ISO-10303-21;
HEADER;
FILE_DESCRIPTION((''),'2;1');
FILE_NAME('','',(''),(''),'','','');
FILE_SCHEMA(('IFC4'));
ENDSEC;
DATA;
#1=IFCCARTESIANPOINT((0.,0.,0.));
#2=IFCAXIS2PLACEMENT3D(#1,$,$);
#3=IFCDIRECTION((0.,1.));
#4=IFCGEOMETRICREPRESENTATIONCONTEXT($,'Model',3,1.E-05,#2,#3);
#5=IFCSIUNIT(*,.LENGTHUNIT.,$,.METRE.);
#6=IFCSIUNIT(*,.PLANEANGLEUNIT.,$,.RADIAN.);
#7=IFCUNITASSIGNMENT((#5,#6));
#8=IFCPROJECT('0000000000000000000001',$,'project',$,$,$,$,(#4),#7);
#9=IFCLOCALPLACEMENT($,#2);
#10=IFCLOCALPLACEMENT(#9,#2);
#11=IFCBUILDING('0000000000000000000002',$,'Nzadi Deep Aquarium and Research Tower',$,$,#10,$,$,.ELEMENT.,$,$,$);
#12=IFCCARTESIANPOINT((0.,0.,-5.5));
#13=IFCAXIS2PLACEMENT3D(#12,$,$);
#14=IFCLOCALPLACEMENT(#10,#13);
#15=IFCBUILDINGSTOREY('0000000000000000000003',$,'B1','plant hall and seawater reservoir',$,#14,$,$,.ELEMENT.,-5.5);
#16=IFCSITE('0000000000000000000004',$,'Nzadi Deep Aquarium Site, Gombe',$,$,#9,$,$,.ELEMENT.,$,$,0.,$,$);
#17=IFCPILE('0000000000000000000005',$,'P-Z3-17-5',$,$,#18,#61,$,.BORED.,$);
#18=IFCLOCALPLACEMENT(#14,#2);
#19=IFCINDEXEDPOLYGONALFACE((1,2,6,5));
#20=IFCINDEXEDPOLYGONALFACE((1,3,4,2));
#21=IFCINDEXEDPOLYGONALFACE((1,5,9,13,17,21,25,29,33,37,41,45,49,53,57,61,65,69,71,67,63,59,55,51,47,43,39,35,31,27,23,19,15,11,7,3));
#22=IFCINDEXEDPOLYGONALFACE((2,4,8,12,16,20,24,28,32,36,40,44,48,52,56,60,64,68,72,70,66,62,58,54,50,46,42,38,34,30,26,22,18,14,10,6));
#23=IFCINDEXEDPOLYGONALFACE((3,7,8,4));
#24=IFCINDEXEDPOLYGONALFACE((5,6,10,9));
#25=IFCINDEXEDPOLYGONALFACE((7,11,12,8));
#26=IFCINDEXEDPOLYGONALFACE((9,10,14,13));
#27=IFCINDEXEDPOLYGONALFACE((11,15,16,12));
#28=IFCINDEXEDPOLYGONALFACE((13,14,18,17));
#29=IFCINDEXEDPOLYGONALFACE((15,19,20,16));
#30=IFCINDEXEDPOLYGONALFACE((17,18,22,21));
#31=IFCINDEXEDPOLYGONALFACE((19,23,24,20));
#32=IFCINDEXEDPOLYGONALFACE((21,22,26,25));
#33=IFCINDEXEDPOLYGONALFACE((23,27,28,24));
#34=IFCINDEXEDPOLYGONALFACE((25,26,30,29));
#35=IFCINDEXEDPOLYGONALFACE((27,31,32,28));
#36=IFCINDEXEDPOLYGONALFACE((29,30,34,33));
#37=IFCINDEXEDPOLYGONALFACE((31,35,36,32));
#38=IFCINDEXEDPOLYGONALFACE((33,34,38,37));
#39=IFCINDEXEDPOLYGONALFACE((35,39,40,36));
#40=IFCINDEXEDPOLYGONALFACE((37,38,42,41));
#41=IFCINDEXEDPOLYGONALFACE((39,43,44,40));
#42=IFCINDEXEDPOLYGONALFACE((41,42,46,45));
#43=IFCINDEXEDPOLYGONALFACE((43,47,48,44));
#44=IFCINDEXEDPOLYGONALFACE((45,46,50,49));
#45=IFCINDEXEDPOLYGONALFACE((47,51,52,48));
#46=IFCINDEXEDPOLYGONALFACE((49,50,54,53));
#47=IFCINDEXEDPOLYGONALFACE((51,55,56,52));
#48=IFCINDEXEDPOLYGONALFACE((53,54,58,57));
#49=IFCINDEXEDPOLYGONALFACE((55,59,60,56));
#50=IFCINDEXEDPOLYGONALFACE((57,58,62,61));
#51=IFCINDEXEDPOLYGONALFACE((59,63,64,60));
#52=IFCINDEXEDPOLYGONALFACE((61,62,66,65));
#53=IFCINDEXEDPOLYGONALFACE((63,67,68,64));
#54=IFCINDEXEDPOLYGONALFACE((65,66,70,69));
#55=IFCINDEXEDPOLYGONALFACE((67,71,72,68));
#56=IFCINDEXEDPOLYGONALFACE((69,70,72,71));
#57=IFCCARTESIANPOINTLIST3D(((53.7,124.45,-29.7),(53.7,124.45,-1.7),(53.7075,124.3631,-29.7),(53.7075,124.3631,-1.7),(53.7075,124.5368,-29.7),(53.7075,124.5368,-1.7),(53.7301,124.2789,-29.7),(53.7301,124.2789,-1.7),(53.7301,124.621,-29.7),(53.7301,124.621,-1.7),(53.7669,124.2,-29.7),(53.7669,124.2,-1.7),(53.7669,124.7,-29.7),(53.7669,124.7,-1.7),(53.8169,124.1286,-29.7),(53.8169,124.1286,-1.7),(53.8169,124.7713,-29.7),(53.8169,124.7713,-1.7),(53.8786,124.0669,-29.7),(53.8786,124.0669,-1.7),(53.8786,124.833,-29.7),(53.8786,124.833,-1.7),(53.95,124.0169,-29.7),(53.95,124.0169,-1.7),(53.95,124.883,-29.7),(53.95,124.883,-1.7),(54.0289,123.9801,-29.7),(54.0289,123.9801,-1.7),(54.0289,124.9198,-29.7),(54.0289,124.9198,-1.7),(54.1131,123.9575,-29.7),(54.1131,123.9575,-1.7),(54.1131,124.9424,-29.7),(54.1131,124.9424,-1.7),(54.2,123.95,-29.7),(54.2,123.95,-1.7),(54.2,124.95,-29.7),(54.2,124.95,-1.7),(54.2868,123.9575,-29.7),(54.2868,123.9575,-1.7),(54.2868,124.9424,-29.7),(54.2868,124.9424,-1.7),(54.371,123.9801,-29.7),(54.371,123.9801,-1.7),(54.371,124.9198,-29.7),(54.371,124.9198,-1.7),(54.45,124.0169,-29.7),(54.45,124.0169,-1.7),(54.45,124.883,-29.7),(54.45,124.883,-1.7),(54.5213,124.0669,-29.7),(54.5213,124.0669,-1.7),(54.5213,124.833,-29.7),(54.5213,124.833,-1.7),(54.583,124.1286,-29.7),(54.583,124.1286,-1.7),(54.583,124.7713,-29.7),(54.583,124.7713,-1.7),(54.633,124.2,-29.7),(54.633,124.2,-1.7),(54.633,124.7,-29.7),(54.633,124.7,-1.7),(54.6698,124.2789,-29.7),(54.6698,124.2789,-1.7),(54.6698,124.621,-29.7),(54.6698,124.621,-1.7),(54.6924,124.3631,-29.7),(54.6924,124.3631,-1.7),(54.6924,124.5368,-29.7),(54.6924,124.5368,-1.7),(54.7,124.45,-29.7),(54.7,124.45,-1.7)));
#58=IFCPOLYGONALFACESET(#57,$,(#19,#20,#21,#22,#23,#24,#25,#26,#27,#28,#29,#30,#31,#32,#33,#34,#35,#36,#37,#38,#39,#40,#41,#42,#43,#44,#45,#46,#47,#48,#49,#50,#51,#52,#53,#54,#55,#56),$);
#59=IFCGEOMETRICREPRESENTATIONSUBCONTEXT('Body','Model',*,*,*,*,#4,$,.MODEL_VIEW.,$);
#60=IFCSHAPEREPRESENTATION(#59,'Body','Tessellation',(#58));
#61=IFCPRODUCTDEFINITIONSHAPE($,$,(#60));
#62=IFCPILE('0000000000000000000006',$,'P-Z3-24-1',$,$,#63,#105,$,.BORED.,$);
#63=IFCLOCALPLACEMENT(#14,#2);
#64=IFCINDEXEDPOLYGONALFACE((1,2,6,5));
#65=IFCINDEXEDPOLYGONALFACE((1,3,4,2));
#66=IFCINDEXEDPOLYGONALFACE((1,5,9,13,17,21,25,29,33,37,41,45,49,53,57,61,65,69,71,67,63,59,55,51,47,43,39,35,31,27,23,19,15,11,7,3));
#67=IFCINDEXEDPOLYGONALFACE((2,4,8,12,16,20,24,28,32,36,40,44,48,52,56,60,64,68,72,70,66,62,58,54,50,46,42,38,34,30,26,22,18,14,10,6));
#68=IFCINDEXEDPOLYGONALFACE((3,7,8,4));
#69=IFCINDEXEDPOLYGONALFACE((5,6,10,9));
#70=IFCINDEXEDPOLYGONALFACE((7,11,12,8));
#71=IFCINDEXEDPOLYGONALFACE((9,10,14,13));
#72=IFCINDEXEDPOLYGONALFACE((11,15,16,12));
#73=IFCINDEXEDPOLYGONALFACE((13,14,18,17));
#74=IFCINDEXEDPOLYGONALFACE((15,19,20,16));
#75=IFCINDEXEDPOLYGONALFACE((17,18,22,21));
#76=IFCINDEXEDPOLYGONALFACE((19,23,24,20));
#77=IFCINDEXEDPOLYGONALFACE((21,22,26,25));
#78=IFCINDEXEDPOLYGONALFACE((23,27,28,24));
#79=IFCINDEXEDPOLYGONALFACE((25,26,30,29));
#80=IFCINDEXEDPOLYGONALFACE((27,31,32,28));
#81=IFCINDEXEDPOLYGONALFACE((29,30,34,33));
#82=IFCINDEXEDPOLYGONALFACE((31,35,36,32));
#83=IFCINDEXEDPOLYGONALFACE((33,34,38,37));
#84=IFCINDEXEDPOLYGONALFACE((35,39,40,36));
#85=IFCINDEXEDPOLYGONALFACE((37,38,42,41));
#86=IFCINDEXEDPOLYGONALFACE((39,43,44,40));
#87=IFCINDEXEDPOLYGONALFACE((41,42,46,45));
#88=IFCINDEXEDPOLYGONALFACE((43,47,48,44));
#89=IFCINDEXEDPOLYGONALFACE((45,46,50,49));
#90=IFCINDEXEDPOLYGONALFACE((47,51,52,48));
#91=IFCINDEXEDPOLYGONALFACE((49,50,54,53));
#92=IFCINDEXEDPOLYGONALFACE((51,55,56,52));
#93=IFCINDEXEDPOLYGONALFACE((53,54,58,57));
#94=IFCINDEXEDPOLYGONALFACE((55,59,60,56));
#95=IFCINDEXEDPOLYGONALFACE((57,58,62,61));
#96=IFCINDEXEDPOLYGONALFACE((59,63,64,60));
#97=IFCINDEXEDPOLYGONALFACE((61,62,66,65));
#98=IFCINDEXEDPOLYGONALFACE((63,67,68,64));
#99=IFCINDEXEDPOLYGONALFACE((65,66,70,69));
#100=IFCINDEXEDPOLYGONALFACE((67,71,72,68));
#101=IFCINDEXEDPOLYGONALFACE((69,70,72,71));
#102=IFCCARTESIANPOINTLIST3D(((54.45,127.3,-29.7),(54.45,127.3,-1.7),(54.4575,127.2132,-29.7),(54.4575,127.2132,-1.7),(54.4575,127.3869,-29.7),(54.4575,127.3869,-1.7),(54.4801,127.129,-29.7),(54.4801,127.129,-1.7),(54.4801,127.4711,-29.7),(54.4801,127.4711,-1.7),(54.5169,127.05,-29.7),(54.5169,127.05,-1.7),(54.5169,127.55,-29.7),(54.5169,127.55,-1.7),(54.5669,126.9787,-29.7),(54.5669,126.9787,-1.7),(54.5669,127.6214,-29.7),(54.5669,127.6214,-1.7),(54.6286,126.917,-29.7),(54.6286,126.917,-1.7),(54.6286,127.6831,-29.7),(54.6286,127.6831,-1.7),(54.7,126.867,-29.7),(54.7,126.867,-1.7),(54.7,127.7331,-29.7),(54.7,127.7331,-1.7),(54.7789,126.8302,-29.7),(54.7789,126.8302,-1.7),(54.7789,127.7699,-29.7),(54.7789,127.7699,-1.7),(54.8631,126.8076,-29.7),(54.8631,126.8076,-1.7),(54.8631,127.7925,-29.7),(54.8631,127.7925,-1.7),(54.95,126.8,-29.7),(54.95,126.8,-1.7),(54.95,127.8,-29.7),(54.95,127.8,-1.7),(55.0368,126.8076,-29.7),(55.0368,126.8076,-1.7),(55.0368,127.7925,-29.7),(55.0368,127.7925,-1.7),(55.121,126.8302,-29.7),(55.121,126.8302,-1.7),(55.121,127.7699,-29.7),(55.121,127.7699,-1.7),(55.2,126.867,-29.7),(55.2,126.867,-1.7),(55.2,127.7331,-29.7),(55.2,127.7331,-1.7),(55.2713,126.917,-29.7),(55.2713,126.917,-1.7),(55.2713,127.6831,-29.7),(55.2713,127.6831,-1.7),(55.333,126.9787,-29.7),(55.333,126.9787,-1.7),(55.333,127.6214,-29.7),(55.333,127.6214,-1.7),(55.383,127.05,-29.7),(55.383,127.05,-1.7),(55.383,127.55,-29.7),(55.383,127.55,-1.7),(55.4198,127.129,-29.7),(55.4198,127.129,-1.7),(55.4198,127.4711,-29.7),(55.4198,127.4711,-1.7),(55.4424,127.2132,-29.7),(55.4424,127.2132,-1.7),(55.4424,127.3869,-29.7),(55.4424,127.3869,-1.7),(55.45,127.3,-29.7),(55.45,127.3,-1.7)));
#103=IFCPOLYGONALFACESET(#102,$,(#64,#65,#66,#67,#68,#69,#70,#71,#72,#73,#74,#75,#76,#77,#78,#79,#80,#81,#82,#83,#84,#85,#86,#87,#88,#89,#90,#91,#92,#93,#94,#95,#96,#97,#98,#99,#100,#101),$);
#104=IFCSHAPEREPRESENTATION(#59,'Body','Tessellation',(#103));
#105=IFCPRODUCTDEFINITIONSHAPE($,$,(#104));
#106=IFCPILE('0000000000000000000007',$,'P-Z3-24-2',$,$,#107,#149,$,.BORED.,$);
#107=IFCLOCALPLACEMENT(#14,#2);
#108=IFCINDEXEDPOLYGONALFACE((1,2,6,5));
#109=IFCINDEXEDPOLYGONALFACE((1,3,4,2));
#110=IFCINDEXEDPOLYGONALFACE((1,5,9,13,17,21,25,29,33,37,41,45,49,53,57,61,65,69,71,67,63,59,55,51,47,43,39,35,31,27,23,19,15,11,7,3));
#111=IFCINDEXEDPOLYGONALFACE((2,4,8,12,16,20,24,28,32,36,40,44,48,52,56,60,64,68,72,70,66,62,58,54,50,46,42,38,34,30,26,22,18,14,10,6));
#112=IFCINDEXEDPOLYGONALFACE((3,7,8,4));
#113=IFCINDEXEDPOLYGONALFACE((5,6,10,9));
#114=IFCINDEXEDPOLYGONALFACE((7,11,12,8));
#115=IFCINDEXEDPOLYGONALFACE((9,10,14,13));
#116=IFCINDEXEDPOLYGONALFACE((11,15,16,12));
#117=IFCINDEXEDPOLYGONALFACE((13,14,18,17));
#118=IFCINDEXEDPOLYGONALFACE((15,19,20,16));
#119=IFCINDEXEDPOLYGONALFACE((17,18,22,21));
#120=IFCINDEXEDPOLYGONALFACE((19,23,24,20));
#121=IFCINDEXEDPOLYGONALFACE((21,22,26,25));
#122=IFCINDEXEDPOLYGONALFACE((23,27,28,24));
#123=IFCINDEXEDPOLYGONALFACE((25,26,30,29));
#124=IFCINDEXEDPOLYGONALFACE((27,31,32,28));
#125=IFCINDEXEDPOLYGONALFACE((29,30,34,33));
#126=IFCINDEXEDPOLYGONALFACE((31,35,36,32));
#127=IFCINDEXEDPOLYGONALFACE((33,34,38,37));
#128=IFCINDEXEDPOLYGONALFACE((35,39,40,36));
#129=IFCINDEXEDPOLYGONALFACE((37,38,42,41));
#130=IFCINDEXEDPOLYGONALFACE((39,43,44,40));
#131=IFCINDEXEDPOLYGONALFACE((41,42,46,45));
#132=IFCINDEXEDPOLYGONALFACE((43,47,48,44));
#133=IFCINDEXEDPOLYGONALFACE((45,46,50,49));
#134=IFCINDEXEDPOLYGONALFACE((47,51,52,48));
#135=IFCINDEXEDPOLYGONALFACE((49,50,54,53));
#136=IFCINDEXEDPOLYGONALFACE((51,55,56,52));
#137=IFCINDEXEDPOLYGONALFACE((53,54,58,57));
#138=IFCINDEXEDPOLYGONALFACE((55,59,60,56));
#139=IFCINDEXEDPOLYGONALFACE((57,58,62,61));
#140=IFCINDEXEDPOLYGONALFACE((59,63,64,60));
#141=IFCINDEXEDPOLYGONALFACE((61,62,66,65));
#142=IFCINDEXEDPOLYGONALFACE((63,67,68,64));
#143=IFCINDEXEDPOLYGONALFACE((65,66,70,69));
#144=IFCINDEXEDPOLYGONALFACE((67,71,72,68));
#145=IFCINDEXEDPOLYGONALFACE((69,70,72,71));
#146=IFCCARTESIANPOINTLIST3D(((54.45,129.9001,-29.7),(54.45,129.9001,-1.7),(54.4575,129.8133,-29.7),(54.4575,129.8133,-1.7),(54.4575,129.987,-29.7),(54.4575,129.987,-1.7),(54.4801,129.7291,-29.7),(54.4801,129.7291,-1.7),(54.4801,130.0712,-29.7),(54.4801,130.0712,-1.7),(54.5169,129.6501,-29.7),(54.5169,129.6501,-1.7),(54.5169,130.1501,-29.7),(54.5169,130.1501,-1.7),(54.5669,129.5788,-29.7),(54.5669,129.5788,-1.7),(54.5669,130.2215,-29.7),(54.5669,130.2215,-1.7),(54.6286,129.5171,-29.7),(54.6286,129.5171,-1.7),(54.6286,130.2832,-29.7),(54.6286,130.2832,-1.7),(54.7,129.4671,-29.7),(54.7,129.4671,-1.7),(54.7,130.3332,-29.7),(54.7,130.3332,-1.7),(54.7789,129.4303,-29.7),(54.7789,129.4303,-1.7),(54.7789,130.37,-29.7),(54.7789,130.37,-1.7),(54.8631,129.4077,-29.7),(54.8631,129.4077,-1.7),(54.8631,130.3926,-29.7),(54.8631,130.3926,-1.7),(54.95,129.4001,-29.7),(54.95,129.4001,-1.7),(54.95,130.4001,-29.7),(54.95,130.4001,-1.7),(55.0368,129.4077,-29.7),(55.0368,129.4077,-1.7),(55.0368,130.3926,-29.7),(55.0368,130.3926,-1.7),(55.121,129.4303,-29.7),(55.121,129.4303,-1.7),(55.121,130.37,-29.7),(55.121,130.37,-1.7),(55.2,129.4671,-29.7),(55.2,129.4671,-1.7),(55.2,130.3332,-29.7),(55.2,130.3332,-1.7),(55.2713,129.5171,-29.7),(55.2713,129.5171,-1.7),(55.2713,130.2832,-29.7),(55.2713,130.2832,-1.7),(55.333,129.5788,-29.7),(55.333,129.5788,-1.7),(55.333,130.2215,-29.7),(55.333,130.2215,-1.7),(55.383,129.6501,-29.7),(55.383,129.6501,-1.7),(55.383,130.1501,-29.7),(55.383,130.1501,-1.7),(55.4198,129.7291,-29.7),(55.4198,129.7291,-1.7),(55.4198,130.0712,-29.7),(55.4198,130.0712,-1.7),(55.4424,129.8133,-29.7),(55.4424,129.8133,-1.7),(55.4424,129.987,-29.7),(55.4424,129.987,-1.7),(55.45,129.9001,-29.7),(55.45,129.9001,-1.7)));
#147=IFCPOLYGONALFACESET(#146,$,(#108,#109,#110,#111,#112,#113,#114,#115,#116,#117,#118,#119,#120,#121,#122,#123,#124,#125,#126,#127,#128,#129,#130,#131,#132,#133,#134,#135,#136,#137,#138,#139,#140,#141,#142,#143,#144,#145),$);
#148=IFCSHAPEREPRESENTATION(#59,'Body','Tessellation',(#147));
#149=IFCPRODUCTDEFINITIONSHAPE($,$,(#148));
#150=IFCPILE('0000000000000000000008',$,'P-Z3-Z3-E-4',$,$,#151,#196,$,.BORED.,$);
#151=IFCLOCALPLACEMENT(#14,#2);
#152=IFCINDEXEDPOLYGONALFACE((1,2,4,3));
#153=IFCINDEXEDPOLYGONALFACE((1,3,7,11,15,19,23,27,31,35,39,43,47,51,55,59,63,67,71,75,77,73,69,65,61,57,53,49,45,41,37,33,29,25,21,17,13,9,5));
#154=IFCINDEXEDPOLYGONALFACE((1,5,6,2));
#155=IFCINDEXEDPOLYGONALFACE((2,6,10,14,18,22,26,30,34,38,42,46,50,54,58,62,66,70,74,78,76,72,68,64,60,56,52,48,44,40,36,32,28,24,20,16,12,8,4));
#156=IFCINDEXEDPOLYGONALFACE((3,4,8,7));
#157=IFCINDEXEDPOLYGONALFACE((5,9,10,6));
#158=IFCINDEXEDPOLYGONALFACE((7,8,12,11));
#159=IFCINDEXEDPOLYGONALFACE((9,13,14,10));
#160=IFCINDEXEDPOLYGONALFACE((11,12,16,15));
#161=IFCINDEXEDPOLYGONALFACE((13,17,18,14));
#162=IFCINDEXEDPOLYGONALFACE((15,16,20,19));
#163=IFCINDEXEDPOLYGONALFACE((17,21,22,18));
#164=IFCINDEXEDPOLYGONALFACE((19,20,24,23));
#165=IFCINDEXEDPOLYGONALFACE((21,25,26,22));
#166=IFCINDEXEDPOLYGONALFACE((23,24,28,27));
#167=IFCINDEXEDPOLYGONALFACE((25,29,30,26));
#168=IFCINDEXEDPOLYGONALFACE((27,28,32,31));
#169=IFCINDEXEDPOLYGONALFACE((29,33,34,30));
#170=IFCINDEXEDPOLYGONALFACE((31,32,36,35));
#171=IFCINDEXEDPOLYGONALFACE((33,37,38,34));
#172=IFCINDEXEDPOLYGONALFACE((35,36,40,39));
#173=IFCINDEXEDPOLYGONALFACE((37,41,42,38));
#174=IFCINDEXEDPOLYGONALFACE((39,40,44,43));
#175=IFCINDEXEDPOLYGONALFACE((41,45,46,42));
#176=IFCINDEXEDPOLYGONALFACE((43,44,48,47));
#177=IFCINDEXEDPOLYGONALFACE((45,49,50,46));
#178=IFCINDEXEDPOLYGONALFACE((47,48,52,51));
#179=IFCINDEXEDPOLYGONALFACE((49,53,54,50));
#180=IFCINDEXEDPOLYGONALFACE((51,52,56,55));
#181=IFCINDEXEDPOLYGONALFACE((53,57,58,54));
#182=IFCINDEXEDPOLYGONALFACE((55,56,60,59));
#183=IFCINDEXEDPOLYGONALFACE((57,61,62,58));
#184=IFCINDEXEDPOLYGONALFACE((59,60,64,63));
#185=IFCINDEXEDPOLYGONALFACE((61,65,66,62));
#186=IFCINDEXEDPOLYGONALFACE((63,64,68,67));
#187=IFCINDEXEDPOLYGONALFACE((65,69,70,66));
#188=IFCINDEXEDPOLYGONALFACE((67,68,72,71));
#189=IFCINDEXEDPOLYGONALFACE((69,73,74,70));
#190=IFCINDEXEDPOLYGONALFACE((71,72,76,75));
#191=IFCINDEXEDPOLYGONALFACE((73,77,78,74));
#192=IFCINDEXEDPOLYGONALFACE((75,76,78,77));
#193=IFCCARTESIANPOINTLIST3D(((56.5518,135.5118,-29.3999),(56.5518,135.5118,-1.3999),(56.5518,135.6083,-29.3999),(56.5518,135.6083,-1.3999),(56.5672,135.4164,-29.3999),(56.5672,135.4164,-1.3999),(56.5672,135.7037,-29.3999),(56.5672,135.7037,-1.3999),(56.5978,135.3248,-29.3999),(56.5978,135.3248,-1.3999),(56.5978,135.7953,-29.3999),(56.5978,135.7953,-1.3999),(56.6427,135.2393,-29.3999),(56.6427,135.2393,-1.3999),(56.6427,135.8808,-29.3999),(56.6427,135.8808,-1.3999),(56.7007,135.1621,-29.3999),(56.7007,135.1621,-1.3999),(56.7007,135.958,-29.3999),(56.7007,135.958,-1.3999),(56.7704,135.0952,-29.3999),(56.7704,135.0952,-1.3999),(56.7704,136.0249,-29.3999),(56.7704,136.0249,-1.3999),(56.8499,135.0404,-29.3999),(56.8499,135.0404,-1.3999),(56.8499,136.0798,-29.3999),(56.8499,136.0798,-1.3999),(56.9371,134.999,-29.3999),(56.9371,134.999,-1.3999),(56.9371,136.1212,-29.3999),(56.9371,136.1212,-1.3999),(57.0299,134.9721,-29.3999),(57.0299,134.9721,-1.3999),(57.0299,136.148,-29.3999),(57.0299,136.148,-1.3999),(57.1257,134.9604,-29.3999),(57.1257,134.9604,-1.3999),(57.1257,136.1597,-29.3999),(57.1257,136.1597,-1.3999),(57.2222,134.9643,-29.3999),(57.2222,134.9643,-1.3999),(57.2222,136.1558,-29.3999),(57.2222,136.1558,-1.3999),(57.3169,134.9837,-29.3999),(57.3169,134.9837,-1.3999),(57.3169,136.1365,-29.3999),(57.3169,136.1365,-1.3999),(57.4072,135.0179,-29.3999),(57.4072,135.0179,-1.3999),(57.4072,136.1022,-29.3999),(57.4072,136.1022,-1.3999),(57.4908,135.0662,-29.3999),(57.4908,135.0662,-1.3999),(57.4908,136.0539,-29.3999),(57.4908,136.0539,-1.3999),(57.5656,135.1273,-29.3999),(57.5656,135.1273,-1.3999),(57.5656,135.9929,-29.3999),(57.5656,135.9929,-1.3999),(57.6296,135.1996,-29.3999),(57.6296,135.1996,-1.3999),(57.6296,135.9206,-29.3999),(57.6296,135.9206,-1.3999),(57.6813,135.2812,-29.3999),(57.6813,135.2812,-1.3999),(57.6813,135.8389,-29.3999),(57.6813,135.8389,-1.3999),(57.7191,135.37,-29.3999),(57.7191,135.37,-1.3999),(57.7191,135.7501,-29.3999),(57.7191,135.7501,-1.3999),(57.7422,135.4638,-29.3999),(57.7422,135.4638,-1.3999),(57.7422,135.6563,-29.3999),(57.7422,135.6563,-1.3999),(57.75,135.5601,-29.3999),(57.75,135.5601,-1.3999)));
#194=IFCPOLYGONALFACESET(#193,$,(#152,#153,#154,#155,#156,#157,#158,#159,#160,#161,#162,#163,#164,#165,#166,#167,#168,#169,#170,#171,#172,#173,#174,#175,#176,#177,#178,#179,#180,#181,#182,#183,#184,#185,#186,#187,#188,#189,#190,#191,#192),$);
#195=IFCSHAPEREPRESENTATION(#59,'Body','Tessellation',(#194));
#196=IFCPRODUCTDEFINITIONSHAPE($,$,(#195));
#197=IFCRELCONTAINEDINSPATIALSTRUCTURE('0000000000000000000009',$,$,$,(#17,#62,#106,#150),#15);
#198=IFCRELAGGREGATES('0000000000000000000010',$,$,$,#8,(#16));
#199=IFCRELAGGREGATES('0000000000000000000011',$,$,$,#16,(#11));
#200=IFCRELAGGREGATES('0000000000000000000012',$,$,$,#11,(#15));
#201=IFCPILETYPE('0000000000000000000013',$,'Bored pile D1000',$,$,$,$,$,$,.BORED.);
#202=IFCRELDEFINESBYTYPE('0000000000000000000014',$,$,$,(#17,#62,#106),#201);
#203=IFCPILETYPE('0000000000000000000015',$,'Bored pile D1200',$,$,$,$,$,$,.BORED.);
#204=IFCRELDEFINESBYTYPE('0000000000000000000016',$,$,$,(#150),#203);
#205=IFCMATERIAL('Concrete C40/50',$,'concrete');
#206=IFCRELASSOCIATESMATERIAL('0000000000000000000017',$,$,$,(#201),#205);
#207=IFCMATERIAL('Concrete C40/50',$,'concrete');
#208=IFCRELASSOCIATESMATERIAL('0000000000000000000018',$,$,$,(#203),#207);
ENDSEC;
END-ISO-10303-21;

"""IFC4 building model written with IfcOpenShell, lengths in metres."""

from ifc_helpers import new_model, si_unit, direction, frame, origin, origin_2d, place, context, subcontext, project, spatial, circle, extrude, material, material_profile, profile_set, type_object, element, save


model = new_model("IFC4")

# Units and contexts
model_context = context("Model", 3, precision=1e-05, world=origin(), true_north=direction((0.0, 1.0)))
body_context = subcontext(model_context, "Body", "Model", "MODEL_VIEW")
ifc_project = project(units=[si_unit("LENGTHUNIT", "METRE"), si_unit("PLANEANGLEUNIT", "RADIAN")], contexts=[model_context])

# Site, building, storey
site_placement = place(None, origin())
site = spatial("IfcSite", under=ifc_project, at=site_placement, Name="Nzadi Deep Aquarium Site, Gombe", CompositionType="ELEMENT", RefElevation=0.0)
building_placement = place(site_placement, origin())
building = spatial("IfcBuilding", under=site, at=building_placement, Name="Nzadi Deep Aquarium and Research Tower", CompositionType="ELEMENT")
storey_placement = place(building_placement, frame((0.0, 0.0, -5.5)))
storey = spatial("IfcBuildingStorey", under=building, at=storey_placement, Name="B1", Description="plant hall and seawater reservoir", CompositionType="ELEMENT", Elevation=-5.5)

# Piles
ifc_material_1 = material(Name="Concrete C40/50", Category="concrete")
ifc_material_profile_1 = material_profile(ifc_material_1, circle(Radius=0.5, at=origin_2d()))
ifc_profile_set_1 = profile_set([ifc_material_profile_1], Name="Concrete C40/50")
pile_type_1 = type_object("IfcPileType", Name="Bored pile D1000", PredefinedType="BORED", material=ifc_profile_set_1)
for number, where, z_axis, x_axis, name in (
    (1, (54.2, 124.45, -1.7), (0.0, 0.0, -1.0), (1.0, 0.0, 0.0), "P-Z3-17-5"),
    (2, (54.95, 127.3, -1.7), (0.0, 0.0, -1.0), (1.0, 0.0, 0.0), "P-Z3-24-1"),
    (3, (54.95, 129.9001, -1.7), (0.0, 0.0, -1.0), (1.0, 0.0, 0.0), "P-Z3-24-2"),
):
    element("IfcPile", number, at=place(storey_placement, frame(where, z_axis=z_axis, x_axis=x_axis)), inside=storey, type_object=pile_type_1, Name=name, PredefinedType="BORED", context=body_context, shape_type="SweptSolid", body=[
        extrude(circle(Radius=0.5, at=origin_2d()), origin(), (0.0, 0.0, 1.0), 28.0),
    ])
ifc_material_2 = material(Name="Concrete C40/50", Category="concrete")
ifc_material_profile_2 = material_profile(ifc_material_2, circle(Radius=0.6001, at=origin_2d()))
ifc_profile_set_2 = profile_set([ifc_material_profile_2], Name="Concrete C40/50")
pile_type_2 = type_object("IfcPileType", Name="Bored pile D1200", PredefinedType="BORED", material=ifc_profile_set_2)
for number, where, z_axis, x_axis, name in (
    (4, (57.1499, 135.5601, -1.3999), (0.0, 0.0, -1.0), (1.0, 0.0, 0.0), "P-Z3-Z3-E-4"),
):
    element("IfcPile", number, at=place(storey_placement, frame(where, z_axis=z_axis, x_axis=x_axis)), inside=storey, type_object=pile_type_2, Name=name, PredefinedType="BORED", context=body_context, shape_type="SweptSolid", body=[
        extrude(circle(Radius=0.6001, at=origin_2d()), origin(), (0.0, 0.0, 1.0), 28.0),
    ])

save(model, "model.ifc")
